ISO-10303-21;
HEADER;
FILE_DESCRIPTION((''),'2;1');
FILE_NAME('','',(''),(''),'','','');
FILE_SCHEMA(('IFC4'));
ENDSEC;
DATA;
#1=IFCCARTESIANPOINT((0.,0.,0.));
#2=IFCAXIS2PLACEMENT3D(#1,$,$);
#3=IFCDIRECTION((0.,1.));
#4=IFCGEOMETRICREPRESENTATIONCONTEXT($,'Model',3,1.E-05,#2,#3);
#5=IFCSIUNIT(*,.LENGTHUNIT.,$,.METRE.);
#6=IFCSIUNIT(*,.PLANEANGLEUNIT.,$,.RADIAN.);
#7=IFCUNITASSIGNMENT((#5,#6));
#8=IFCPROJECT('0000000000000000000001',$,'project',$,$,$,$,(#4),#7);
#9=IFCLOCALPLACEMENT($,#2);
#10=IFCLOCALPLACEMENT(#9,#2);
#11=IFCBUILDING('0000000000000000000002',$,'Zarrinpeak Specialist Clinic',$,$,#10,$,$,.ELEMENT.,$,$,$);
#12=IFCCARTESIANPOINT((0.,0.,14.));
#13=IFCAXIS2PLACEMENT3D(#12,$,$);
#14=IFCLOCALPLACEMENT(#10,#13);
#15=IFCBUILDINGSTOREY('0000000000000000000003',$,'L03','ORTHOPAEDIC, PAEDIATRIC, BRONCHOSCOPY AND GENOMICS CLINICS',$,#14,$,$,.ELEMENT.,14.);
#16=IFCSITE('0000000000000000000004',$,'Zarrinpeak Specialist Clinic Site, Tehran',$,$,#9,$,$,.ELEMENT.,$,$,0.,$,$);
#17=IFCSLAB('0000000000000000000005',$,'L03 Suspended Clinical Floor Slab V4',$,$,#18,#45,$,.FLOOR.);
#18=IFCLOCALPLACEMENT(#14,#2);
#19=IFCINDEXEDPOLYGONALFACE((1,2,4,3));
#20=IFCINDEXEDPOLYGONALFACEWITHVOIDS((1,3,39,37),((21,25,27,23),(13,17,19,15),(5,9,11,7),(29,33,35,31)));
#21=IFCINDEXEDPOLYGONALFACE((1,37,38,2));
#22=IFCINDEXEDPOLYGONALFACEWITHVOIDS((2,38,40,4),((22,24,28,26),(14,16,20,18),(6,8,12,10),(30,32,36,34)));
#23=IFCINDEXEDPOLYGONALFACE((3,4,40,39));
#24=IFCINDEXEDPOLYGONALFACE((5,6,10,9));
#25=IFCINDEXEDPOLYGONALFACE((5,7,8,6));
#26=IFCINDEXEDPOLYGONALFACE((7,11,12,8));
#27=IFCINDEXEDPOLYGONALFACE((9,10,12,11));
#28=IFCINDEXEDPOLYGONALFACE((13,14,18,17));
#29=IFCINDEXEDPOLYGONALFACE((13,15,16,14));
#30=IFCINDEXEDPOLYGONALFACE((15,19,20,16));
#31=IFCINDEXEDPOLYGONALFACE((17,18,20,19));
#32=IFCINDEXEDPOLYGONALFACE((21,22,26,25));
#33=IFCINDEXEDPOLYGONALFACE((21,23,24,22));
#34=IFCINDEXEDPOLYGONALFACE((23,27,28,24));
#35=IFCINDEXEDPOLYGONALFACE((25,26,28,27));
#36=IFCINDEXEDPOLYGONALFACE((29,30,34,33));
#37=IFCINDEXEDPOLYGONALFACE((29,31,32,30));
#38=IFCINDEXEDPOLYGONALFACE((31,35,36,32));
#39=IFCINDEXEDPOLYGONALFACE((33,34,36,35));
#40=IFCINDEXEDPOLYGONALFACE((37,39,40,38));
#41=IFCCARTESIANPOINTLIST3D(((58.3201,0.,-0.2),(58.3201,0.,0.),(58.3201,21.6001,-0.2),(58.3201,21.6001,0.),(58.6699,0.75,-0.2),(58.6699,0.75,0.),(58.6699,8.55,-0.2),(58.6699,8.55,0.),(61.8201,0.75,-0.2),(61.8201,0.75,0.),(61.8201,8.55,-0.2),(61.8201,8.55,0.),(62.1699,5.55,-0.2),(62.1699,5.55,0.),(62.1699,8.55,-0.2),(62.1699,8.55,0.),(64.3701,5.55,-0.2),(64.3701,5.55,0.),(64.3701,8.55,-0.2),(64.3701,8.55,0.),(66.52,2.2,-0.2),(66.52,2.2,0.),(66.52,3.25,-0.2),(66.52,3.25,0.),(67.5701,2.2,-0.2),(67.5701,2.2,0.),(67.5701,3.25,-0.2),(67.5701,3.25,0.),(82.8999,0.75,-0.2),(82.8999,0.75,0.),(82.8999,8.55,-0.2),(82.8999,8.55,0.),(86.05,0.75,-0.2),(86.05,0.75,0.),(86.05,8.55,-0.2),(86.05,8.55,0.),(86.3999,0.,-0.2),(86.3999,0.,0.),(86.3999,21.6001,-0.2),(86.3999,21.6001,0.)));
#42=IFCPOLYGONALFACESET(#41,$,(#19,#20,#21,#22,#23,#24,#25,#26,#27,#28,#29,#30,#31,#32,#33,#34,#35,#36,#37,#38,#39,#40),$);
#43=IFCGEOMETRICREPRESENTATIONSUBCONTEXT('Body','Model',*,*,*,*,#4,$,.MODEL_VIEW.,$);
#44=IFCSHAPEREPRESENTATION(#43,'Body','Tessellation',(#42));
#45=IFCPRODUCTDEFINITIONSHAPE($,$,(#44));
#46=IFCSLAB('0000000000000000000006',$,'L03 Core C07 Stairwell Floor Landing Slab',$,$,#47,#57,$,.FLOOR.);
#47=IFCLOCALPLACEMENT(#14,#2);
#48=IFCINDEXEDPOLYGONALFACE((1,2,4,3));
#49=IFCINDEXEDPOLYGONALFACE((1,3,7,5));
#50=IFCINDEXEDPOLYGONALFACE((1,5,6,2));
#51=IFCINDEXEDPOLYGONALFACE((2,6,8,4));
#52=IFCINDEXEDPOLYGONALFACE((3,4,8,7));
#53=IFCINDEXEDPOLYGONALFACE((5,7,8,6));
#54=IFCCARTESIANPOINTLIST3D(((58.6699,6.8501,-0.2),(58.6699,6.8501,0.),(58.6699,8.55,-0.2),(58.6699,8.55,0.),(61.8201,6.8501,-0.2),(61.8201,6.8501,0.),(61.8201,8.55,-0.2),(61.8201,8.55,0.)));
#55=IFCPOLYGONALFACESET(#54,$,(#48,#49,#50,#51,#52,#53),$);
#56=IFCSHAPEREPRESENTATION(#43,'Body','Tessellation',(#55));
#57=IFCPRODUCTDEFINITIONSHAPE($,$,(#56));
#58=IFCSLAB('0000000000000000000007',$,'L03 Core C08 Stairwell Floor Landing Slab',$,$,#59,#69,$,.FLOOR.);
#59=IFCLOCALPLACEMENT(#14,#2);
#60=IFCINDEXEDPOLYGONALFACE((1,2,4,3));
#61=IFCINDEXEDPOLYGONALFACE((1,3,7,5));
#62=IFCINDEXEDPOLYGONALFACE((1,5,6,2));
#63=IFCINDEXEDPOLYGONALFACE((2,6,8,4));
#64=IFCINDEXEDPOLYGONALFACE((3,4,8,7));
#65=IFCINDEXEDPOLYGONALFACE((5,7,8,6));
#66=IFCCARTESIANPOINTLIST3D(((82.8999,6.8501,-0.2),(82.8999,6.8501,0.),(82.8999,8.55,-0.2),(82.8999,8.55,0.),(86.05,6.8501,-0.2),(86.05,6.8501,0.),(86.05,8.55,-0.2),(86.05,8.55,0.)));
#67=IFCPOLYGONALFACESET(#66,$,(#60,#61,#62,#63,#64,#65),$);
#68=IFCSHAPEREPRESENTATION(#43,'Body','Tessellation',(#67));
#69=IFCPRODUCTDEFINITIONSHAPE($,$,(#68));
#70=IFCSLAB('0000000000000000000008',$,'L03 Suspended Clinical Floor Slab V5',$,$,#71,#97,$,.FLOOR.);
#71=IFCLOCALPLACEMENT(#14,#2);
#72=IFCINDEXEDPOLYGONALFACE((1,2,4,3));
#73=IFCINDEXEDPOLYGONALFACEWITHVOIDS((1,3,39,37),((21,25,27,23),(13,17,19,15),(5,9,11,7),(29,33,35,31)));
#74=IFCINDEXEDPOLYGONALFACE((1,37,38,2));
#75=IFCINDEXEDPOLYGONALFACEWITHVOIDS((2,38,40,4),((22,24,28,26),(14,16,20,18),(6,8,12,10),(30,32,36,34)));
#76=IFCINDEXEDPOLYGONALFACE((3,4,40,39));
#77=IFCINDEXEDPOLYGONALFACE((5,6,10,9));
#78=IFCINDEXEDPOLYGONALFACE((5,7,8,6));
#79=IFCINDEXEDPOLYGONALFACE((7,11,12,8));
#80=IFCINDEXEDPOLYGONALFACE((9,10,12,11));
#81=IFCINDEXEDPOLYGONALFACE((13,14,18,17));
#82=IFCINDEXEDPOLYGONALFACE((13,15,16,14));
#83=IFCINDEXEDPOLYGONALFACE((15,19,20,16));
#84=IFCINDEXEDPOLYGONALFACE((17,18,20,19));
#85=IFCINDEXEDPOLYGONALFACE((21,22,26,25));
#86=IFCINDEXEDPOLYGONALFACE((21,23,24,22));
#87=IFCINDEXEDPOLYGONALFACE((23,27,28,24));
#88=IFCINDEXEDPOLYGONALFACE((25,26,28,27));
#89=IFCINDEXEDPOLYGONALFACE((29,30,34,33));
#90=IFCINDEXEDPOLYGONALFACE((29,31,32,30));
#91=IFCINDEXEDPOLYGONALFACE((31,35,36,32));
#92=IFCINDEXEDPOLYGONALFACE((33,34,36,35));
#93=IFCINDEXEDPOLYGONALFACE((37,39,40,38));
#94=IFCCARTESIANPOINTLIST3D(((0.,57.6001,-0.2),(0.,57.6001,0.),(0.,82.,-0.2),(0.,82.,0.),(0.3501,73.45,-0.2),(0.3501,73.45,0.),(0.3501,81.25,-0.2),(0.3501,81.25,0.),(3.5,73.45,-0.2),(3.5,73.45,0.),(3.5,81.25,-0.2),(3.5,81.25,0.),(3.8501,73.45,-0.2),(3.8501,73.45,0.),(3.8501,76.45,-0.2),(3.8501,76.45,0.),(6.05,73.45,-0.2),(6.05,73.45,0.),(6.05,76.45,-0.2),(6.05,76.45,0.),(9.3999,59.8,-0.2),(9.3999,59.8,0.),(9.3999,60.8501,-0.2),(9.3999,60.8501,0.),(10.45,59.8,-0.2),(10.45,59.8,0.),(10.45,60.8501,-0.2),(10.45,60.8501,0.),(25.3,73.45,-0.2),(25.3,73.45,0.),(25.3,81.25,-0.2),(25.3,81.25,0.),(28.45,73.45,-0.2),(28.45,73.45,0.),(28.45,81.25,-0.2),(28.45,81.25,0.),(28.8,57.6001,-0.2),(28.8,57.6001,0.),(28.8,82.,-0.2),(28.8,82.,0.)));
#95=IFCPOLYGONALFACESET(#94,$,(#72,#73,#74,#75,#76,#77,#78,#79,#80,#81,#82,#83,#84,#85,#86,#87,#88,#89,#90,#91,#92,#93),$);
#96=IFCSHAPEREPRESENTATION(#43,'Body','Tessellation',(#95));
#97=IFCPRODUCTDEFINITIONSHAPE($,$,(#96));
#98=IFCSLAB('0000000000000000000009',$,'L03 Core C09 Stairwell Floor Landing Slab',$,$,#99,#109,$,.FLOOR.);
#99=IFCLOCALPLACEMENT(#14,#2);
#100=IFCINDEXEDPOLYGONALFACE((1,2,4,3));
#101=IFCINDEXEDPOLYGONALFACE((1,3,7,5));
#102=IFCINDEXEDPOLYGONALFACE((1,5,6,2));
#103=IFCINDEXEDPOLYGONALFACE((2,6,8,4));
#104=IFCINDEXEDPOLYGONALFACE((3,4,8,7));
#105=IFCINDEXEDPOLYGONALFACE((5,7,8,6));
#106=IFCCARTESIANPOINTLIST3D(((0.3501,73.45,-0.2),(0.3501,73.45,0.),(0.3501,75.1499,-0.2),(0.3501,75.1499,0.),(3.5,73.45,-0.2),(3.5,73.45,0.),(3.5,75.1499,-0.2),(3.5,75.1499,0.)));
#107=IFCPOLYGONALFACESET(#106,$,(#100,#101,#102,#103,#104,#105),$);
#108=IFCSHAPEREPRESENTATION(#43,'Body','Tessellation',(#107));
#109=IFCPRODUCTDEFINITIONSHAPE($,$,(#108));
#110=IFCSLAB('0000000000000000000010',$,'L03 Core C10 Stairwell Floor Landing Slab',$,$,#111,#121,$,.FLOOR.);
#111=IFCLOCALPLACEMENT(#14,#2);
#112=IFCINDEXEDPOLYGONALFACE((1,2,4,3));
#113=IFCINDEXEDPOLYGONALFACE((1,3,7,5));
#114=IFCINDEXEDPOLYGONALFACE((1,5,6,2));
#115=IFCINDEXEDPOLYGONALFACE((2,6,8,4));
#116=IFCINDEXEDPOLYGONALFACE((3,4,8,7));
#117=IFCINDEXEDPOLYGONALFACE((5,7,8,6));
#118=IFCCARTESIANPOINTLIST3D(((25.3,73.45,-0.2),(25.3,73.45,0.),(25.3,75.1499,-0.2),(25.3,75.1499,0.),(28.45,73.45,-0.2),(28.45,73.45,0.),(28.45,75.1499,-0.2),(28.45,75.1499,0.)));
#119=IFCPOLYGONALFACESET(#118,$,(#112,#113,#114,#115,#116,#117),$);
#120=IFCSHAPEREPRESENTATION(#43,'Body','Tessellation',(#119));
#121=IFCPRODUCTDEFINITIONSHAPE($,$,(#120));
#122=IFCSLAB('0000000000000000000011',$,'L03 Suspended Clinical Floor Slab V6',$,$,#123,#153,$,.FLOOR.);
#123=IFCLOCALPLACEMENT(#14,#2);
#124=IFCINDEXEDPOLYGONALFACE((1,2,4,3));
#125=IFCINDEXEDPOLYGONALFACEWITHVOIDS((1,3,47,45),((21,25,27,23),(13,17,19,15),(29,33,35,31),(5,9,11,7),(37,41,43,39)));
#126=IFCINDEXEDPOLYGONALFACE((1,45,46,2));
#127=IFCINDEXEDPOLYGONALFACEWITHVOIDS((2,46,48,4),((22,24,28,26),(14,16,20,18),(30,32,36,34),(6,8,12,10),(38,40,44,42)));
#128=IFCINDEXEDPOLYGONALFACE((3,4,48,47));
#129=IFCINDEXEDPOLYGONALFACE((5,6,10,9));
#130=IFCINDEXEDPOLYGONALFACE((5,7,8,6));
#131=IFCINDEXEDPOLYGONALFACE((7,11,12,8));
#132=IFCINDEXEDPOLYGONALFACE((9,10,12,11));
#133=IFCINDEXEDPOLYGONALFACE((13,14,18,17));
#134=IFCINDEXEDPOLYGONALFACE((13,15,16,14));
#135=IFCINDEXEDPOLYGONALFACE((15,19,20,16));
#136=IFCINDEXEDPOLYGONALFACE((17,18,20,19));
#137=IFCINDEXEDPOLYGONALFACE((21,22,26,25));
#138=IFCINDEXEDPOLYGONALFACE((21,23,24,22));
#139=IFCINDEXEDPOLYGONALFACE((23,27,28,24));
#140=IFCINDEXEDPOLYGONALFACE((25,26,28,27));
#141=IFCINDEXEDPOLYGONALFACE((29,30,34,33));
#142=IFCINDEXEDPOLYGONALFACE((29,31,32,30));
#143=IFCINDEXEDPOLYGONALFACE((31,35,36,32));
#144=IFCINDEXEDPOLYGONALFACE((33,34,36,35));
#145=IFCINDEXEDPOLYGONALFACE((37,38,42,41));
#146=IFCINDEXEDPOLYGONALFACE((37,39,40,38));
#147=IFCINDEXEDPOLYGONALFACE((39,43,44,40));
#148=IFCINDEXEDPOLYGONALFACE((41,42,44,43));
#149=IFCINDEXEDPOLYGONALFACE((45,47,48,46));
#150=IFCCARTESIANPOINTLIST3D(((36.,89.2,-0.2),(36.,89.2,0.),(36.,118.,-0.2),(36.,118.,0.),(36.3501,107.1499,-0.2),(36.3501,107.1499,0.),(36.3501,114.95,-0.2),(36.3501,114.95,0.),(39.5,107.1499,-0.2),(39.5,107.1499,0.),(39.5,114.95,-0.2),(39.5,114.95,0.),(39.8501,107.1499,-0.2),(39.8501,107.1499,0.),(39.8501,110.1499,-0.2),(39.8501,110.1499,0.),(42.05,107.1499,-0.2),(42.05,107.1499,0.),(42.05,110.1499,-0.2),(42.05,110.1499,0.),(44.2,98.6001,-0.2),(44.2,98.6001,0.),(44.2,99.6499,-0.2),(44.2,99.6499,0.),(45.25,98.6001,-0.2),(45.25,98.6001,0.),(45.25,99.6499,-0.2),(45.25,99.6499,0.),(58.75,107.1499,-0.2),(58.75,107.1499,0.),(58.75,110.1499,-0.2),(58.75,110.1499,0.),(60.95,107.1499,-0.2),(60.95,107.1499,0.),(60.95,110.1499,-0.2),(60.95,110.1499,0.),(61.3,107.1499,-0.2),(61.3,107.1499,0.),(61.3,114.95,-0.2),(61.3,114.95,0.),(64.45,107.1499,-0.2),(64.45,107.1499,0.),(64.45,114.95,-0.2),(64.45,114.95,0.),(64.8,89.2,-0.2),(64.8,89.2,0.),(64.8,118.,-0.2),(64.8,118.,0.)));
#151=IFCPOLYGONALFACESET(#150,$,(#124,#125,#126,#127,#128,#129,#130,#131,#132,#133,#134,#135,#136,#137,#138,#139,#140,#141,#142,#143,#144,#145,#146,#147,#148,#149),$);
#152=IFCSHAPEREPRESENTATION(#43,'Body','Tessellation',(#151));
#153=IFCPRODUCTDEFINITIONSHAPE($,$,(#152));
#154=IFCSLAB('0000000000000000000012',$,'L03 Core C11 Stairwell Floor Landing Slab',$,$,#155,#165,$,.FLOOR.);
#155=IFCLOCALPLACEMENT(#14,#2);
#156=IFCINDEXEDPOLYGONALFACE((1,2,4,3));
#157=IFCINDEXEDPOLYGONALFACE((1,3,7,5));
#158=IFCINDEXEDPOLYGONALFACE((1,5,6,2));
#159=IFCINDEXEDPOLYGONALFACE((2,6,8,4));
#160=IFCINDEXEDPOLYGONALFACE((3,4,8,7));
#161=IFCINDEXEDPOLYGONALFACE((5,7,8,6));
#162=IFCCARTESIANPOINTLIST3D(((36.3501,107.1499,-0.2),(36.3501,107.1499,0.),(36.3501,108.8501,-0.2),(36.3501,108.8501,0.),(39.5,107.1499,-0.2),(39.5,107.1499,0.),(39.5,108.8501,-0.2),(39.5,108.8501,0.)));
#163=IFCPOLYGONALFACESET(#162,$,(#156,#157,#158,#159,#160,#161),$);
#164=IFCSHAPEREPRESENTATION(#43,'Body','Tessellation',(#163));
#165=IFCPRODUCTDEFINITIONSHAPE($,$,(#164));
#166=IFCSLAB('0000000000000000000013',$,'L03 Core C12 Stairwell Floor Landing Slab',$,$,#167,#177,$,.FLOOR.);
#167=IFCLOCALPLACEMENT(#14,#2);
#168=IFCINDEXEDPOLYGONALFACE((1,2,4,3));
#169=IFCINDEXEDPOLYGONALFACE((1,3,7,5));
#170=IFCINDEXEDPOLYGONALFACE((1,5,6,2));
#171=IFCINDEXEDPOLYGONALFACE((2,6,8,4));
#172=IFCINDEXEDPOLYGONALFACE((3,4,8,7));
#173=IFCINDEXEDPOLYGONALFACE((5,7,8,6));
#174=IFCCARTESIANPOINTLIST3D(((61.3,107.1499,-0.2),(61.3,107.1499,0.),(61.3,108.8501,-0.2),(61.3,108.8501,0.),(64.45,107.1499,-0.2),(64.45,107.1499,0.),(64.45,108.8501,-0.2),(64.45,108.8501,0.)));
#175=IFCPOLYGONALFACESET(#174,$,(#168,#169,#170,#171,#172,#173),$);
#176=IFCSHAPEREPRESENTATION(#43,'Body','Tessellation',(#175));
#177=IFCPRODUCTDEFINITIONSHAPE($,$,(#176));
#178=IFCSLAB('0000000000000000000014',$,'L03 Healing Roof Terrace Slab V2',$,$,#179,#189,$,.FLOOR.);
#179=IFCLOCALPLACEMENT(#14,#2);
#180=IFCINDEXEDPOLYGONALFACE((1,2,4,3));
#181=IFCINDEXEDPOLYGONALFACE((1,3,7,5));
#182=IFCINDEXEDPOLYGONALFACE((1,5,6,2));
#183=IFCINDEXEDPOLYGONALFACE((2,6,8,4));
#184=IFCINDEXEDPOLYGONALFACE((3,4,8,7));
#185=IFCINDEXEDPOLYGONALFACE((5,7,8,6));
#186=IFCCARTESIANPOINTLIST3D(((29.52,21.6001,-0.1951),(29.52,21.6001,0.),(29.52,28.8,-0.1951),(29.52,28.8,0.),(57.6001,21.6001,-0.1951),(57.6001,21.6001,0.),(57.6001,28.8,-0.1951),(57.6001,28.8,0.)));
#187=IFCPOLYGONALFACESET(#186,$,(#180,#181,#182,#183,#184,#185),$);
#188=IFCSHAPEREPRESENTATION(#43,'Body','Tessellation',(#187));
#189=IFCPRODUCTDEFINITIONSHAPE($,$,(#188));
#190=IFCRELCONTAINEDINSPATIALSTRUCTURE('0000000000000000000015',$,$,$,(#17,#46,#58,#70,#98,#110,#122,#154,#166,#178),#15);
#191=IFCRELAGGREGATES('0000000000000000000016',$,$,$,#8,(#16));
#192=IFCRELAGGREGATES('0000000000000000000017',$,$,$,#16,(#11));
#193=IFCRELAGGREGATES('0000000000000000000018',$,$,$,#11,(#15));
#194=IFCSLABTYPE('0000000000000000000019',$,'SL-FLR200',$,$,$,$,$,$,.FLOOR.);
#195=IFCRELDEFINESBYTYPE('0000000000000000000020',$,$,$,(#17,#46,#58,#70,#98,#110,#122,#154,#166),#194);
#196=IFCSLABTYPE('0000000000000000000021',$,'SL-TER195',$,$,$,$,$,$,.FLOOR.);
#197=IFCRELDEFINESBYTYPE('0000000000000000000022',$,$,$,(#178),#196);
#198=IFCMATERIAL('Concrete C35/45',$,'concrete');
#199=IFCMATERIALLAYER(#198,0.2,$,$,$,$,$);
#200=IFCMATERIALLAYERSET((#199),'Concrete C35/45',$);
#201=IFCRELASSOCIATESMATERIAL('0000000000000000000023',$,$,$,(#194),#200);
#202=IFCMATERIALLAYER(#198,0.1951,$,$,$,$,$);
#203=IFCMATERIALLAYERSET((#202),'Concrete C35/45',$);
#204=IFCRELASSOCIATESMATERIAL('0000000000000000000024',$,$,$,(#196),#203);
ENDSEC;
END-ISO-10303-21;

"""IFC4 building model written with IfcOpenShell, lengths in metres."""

from ifc_helpers import new_model, si_unit, direction, frame, origin, place, context, subcontext, project, spatial, polyline, outline, extrude, material, layer, layer_set, type_object, element, save


model = new_model("IFC4")

# Units and contexts
model_context = context("Model", 3, precision=1e-05, world=origin(), true_north=direction((0.0, 1.0)))
body_context = subcontext(model_context, "Body", "Model", "MODEL_VIEW")
ifc_project = project(units=[si_unit("LENGTHUNIT", "METRE"), si_unit("PLANEANGLEUNIT", "RADIAN")], contexts=[model_context])

# Site, building, storey
site_placement = place(None, origin())
site = spatial("IfcSite", under=ifc_project, at=site_placement, Name="Zarrinpeak Specialist Clinic Site, Tehran", CompositionType="ELEMENT", RefElevation=0.0)
building_placement = place(site_placement, origin())
building = spatial("IfcBuilding", under=site, at=building_placement, Name="Zarrinpeak Specialist Clinic", CompositionType="ELEMENT")
storey_placement = place(building_placement, frame((0.0, 0.0, 14.0)))
storey = spatial("IfcBuildingStorey", under=building, at=storey_placement, Name="L03", Description="ORTHOPAEDIC, PAEDIATRIC, BRONCHOSCOPY AND GENOMICS CLINICS", CompositionType="ELEMENT", Elevation=14.0)

# Slabs
ifc_material_1 = material(Name="Concrete C35/45", Category="concrete")
ifc_layer_1 = layer(ifc_material_1, 0.2)
ifc_layer_set_1 = layer_set([ifc_layer_1], Name="Concrete C35/45")
slab_type_1 = type_object("IfcSlabType", Name="SL-FLR200", PredefinedType="FLOOR", material=ifc_layer_set_1)
slab_1_placement = place(storey_placement, frame((0.0, 0.0, -0.2)))
element("IfcSlab", 1, at=slab_1_placement, inside=storey, type_object=slab_type_1, Name="L03 Suspended Clinical Floor Slab V4", PredefinedType="FLOOR", context=body_context, shape_type="SweptSolid", body=[
    extrude(outline(polyline([(58.3201, 0.0), (86.3999, 0.0), (86.3999, 21.6001), (58.3201, 21.6001), (58.3201, 0.0)]), holes=[polyline([(58.6699, 0.75), (61.8201, 0.75), (61.8201, 8.55), (58.6699, 8.55), (58.6699, 0.75)]), polyline([(62.1699, 5.55), (64.3701, 5.55), (64.3701, 8.55), (62.1699, 8.55), (62.1699, 5.55)]), polyline([(82.8999, 0.75), (86.05, 0.75), (86.05, 8.55), (82.8999, 8.55), (82.8999, 0.75)]), polyline([(66.52, 2.2), (67.5701, 2.2), (67.5701, 3.25), (66.52, 3.25), (66.52, 2.2)])]), origin(), (0.0, 0.0, 1.0), 0.2),
])
slab_2_placement = place(storey_placement, frame((0.0, 0.0, -0.2)))
element("IfcSlab", 2, at=slab_2_placement, inside=storey, type_object=slab_type_1, Name="L03 Core C07 Stairwell Floor Landing Slab", PredefinedType="FLOOR", context=body_context, shape_type="SweptSolid", body=[
    extrude(outline(polyline([(58.6699, 6.8501), (61.8201, 6.8501), (61.8201, 8.55), (58.6699, 8.55), (58.6699, 6.8501)])), origin(), (0.0, 0.0, 1.0), 0.2),
])
slab_3_placement = place(storey_placement, frame((0.0, 0.0, -0.2)))
element("IfcSlab", 3, at=slab_3_placement, inside=storey, type_object=slab_type_1, Name="L03 Core C08 Stairwell Floor Landing Slab", PredefinedType="FLOOR", context=body_context, shape_type="SweptSolid", body=[
    extrude(outline(polyline([(82.8999, 6.8501), (86.05, 6.8501), (86.05, 8.55), (82.8999, 8.55), (82.8999, 6.8501)])), origin(), (0.0, 0.0, 1.0), 0.2),
])
slab_4_placement = place(storey_placement, frame((0.0, 0.0, -0.2)))
element("IfcSlab", 4, at=slab_4_placement, inside=storey, type_object=slab_type_1, Name="L03 Suspended Clinical Floor Slab V5", PredefinedType="FLOOR", context=body_context, shape_type="SweptSolid", body=[
    extrude(outline(polyline([(0.0, 57.6001), (28.8, 57.6001), (28.8, 82.0), (0.0, 82.0), (0.0, 57.6001)]), holes=[polyline([(0.3501, 73.45), (3.5, 73.45), (3.5, 81.25), (0.3501, 81.25), (0.3501, 73.45)]), polyline([(3.8501, 73.45), (6.05, 73.45), (6.05, 76.45), (3.8501, 76.45), (3.8501, 73.45)]), polyline([(25.3, 73.45), (28.45, 73.45), (28.45, 81.25), (25.3, 81.25), (25.3, 73.45)]), polyline([(9.3999, 59.8), (10.45, 59.8), (10.45, 60.8501), (9.3999, 60.8501), (9.3999, 59.8)])]), origin(), (0.0, 0.0, 1.0), 0.2),
])
slab_5_placement = place(storey_placement, frame((0.0, 0.0, -0.2)))
element("IfcSlab", 5, at=slab_5_placement, inside=storey, type_object=slab_type_1, Name="L03 Core C09 Stairwell Floor Landing Slab", PredefinedType="FLOOR", context=body_context, shape_type="SweptSolid", body=[
    extrude(outline(polyline([(0.3501, 73.45), (3.5, 73.45), (3.5, 75.1499), (0.3501, 75.1499), (0.3501, 73.45)])), origin(), (0.0, 0.0, 1.0), 0.2),
])
slab_6_placement = place(storey_placement, frame((0.0, 0.0, -0.2)))
element("IfcSlab", 6, at=slab_6_placement, inside=storey, type_object=slab_type_1, Name="L03 Core C10 Stairwell Floor Landing Slab", PredefinedType="FLOOR", context=body_context, shape_type="SweptSolid", body=[
    extrude(outline(polyline([(25.3, 73.45), (28.45, 73.45), (28.45, 75.1499), (25.3, 75.1499), (25.3, 73.45)])), origin(), (0.0, 0.0, 1.0), 0.2),
])
slab_7_placement = place(storey_placement, frame((0.0, 0.0, -0.2)))
element("IfcSlab", 7, at=slab_7_placement, inside=storey, type_object=slab_type_1, Name="L03 Suspended Clinical Floor Slab V6", PredefinedType="FLOOR", context=body_context, shape_type="SweptSolid", body=[
    extrude(outline(polyline([(36.0, 89.2), (64.8, 89.2), (64.8, 118.0), (36.0, 118.0), (36.0, 89.2)]), holes=[polyline([(36.3501, 107.1499), (39.5, 107.1499), (39.5, 114.95), (36.3501, 114.95), (36.3501, 107.1499)]), polyline([(39.8501, 107.1499), (42.05, 107.1499), (42.05, 110.1499), (39.8501, 110.1499), (39.8501, 107.1499)]), polyline([(61.3, 107.1499), (64.45, 107.1499), (64.45, 114.95), (61.3, 114.95), (61.3, 107.1499)]), polyline([(58.75, 107.1499), (60.95, 107.1499), (60.95, 110.1499), (58.75, 110.1499), (58.75, 107.1499)]), polyline([(44.2, 98.6001), (45.25, 98.6001), (45.25, 99.6499), (44.2, 99.6499), (44.2, 98.6001)])]), origin(), (0.0, 0.0, 1.0), 0.2),
])
slab_8_placement = place(storey_placement, frame((0.0, 0.0, -0.2)))
element("IfcSlab", 8, at=slab_8_placement, inside=storey, type_object=slab_type_1, Name="L03 Core C11 Stairwell Floor Landing Slab", PredefinedType="FLOOR", context=body_context, shape_type="SweptSolid", body=[
    extrude(outline(polyline([(36.3501, 107.1499), (39.5, 107.1499), (39.5, 108.8501), (36.3501, 108.8501), (36.3501, 107.1499)])), origin(), (0.0, 0.0, 1.0), 0.2),
])
slab_9_placement = place(storey_placement, frame((0.0, 0.0, -0.2)))
element("IfcSlab", 9, at=slab_9_placement, inside=storey, type_object=slab_type_1, Name="L03 Core C12 Stairwell Floor Landing Slab", PredefinedType="FLOOR", context=body_context, shape_type="SweptSolid", body=[
    extrude(outline(polyline([(61.3, 107.1499), (64.45, 107.1499), (64.45, 108.8501), (61.3, 108.8501), (61.3, 107.1499)])), origin(), (0.0, 0.0, 1.0), 0.2),
])
ifc_layer_2 = layer(ifc_material_1, 0.1951)
ifc_layer_set_2 = layer_set([ifc_layer_2], Name="Concrete C35/45")
slab_type_2 = type_object("IfcSlabType", Name="SL-TER195", PredefinedType="FLOOR", material=ifc_layer_set_2)
slab_10_placement = place(storey_placement, frame((0.0, 0.0, -0.1951)))
element("IfcSlab", 10, at=slab_10_placement, inside=storey, type_object=slab_type_2, Name="L03 Healing Roof Terrace Slab V2", PredefinedType="FLOOR", context=body_context, shape_type="SweptSolid", body=[
    extrude(outline(polyline([(29.52, 21.6001), (57.6001, 21.6001), (57.6001, 28.8), (29.52, 28.8), (29.52, 21.6001)])), origin(), (0.0, 0.0, 1.0), 0.1951),
])

save(model, "model.ifc")
